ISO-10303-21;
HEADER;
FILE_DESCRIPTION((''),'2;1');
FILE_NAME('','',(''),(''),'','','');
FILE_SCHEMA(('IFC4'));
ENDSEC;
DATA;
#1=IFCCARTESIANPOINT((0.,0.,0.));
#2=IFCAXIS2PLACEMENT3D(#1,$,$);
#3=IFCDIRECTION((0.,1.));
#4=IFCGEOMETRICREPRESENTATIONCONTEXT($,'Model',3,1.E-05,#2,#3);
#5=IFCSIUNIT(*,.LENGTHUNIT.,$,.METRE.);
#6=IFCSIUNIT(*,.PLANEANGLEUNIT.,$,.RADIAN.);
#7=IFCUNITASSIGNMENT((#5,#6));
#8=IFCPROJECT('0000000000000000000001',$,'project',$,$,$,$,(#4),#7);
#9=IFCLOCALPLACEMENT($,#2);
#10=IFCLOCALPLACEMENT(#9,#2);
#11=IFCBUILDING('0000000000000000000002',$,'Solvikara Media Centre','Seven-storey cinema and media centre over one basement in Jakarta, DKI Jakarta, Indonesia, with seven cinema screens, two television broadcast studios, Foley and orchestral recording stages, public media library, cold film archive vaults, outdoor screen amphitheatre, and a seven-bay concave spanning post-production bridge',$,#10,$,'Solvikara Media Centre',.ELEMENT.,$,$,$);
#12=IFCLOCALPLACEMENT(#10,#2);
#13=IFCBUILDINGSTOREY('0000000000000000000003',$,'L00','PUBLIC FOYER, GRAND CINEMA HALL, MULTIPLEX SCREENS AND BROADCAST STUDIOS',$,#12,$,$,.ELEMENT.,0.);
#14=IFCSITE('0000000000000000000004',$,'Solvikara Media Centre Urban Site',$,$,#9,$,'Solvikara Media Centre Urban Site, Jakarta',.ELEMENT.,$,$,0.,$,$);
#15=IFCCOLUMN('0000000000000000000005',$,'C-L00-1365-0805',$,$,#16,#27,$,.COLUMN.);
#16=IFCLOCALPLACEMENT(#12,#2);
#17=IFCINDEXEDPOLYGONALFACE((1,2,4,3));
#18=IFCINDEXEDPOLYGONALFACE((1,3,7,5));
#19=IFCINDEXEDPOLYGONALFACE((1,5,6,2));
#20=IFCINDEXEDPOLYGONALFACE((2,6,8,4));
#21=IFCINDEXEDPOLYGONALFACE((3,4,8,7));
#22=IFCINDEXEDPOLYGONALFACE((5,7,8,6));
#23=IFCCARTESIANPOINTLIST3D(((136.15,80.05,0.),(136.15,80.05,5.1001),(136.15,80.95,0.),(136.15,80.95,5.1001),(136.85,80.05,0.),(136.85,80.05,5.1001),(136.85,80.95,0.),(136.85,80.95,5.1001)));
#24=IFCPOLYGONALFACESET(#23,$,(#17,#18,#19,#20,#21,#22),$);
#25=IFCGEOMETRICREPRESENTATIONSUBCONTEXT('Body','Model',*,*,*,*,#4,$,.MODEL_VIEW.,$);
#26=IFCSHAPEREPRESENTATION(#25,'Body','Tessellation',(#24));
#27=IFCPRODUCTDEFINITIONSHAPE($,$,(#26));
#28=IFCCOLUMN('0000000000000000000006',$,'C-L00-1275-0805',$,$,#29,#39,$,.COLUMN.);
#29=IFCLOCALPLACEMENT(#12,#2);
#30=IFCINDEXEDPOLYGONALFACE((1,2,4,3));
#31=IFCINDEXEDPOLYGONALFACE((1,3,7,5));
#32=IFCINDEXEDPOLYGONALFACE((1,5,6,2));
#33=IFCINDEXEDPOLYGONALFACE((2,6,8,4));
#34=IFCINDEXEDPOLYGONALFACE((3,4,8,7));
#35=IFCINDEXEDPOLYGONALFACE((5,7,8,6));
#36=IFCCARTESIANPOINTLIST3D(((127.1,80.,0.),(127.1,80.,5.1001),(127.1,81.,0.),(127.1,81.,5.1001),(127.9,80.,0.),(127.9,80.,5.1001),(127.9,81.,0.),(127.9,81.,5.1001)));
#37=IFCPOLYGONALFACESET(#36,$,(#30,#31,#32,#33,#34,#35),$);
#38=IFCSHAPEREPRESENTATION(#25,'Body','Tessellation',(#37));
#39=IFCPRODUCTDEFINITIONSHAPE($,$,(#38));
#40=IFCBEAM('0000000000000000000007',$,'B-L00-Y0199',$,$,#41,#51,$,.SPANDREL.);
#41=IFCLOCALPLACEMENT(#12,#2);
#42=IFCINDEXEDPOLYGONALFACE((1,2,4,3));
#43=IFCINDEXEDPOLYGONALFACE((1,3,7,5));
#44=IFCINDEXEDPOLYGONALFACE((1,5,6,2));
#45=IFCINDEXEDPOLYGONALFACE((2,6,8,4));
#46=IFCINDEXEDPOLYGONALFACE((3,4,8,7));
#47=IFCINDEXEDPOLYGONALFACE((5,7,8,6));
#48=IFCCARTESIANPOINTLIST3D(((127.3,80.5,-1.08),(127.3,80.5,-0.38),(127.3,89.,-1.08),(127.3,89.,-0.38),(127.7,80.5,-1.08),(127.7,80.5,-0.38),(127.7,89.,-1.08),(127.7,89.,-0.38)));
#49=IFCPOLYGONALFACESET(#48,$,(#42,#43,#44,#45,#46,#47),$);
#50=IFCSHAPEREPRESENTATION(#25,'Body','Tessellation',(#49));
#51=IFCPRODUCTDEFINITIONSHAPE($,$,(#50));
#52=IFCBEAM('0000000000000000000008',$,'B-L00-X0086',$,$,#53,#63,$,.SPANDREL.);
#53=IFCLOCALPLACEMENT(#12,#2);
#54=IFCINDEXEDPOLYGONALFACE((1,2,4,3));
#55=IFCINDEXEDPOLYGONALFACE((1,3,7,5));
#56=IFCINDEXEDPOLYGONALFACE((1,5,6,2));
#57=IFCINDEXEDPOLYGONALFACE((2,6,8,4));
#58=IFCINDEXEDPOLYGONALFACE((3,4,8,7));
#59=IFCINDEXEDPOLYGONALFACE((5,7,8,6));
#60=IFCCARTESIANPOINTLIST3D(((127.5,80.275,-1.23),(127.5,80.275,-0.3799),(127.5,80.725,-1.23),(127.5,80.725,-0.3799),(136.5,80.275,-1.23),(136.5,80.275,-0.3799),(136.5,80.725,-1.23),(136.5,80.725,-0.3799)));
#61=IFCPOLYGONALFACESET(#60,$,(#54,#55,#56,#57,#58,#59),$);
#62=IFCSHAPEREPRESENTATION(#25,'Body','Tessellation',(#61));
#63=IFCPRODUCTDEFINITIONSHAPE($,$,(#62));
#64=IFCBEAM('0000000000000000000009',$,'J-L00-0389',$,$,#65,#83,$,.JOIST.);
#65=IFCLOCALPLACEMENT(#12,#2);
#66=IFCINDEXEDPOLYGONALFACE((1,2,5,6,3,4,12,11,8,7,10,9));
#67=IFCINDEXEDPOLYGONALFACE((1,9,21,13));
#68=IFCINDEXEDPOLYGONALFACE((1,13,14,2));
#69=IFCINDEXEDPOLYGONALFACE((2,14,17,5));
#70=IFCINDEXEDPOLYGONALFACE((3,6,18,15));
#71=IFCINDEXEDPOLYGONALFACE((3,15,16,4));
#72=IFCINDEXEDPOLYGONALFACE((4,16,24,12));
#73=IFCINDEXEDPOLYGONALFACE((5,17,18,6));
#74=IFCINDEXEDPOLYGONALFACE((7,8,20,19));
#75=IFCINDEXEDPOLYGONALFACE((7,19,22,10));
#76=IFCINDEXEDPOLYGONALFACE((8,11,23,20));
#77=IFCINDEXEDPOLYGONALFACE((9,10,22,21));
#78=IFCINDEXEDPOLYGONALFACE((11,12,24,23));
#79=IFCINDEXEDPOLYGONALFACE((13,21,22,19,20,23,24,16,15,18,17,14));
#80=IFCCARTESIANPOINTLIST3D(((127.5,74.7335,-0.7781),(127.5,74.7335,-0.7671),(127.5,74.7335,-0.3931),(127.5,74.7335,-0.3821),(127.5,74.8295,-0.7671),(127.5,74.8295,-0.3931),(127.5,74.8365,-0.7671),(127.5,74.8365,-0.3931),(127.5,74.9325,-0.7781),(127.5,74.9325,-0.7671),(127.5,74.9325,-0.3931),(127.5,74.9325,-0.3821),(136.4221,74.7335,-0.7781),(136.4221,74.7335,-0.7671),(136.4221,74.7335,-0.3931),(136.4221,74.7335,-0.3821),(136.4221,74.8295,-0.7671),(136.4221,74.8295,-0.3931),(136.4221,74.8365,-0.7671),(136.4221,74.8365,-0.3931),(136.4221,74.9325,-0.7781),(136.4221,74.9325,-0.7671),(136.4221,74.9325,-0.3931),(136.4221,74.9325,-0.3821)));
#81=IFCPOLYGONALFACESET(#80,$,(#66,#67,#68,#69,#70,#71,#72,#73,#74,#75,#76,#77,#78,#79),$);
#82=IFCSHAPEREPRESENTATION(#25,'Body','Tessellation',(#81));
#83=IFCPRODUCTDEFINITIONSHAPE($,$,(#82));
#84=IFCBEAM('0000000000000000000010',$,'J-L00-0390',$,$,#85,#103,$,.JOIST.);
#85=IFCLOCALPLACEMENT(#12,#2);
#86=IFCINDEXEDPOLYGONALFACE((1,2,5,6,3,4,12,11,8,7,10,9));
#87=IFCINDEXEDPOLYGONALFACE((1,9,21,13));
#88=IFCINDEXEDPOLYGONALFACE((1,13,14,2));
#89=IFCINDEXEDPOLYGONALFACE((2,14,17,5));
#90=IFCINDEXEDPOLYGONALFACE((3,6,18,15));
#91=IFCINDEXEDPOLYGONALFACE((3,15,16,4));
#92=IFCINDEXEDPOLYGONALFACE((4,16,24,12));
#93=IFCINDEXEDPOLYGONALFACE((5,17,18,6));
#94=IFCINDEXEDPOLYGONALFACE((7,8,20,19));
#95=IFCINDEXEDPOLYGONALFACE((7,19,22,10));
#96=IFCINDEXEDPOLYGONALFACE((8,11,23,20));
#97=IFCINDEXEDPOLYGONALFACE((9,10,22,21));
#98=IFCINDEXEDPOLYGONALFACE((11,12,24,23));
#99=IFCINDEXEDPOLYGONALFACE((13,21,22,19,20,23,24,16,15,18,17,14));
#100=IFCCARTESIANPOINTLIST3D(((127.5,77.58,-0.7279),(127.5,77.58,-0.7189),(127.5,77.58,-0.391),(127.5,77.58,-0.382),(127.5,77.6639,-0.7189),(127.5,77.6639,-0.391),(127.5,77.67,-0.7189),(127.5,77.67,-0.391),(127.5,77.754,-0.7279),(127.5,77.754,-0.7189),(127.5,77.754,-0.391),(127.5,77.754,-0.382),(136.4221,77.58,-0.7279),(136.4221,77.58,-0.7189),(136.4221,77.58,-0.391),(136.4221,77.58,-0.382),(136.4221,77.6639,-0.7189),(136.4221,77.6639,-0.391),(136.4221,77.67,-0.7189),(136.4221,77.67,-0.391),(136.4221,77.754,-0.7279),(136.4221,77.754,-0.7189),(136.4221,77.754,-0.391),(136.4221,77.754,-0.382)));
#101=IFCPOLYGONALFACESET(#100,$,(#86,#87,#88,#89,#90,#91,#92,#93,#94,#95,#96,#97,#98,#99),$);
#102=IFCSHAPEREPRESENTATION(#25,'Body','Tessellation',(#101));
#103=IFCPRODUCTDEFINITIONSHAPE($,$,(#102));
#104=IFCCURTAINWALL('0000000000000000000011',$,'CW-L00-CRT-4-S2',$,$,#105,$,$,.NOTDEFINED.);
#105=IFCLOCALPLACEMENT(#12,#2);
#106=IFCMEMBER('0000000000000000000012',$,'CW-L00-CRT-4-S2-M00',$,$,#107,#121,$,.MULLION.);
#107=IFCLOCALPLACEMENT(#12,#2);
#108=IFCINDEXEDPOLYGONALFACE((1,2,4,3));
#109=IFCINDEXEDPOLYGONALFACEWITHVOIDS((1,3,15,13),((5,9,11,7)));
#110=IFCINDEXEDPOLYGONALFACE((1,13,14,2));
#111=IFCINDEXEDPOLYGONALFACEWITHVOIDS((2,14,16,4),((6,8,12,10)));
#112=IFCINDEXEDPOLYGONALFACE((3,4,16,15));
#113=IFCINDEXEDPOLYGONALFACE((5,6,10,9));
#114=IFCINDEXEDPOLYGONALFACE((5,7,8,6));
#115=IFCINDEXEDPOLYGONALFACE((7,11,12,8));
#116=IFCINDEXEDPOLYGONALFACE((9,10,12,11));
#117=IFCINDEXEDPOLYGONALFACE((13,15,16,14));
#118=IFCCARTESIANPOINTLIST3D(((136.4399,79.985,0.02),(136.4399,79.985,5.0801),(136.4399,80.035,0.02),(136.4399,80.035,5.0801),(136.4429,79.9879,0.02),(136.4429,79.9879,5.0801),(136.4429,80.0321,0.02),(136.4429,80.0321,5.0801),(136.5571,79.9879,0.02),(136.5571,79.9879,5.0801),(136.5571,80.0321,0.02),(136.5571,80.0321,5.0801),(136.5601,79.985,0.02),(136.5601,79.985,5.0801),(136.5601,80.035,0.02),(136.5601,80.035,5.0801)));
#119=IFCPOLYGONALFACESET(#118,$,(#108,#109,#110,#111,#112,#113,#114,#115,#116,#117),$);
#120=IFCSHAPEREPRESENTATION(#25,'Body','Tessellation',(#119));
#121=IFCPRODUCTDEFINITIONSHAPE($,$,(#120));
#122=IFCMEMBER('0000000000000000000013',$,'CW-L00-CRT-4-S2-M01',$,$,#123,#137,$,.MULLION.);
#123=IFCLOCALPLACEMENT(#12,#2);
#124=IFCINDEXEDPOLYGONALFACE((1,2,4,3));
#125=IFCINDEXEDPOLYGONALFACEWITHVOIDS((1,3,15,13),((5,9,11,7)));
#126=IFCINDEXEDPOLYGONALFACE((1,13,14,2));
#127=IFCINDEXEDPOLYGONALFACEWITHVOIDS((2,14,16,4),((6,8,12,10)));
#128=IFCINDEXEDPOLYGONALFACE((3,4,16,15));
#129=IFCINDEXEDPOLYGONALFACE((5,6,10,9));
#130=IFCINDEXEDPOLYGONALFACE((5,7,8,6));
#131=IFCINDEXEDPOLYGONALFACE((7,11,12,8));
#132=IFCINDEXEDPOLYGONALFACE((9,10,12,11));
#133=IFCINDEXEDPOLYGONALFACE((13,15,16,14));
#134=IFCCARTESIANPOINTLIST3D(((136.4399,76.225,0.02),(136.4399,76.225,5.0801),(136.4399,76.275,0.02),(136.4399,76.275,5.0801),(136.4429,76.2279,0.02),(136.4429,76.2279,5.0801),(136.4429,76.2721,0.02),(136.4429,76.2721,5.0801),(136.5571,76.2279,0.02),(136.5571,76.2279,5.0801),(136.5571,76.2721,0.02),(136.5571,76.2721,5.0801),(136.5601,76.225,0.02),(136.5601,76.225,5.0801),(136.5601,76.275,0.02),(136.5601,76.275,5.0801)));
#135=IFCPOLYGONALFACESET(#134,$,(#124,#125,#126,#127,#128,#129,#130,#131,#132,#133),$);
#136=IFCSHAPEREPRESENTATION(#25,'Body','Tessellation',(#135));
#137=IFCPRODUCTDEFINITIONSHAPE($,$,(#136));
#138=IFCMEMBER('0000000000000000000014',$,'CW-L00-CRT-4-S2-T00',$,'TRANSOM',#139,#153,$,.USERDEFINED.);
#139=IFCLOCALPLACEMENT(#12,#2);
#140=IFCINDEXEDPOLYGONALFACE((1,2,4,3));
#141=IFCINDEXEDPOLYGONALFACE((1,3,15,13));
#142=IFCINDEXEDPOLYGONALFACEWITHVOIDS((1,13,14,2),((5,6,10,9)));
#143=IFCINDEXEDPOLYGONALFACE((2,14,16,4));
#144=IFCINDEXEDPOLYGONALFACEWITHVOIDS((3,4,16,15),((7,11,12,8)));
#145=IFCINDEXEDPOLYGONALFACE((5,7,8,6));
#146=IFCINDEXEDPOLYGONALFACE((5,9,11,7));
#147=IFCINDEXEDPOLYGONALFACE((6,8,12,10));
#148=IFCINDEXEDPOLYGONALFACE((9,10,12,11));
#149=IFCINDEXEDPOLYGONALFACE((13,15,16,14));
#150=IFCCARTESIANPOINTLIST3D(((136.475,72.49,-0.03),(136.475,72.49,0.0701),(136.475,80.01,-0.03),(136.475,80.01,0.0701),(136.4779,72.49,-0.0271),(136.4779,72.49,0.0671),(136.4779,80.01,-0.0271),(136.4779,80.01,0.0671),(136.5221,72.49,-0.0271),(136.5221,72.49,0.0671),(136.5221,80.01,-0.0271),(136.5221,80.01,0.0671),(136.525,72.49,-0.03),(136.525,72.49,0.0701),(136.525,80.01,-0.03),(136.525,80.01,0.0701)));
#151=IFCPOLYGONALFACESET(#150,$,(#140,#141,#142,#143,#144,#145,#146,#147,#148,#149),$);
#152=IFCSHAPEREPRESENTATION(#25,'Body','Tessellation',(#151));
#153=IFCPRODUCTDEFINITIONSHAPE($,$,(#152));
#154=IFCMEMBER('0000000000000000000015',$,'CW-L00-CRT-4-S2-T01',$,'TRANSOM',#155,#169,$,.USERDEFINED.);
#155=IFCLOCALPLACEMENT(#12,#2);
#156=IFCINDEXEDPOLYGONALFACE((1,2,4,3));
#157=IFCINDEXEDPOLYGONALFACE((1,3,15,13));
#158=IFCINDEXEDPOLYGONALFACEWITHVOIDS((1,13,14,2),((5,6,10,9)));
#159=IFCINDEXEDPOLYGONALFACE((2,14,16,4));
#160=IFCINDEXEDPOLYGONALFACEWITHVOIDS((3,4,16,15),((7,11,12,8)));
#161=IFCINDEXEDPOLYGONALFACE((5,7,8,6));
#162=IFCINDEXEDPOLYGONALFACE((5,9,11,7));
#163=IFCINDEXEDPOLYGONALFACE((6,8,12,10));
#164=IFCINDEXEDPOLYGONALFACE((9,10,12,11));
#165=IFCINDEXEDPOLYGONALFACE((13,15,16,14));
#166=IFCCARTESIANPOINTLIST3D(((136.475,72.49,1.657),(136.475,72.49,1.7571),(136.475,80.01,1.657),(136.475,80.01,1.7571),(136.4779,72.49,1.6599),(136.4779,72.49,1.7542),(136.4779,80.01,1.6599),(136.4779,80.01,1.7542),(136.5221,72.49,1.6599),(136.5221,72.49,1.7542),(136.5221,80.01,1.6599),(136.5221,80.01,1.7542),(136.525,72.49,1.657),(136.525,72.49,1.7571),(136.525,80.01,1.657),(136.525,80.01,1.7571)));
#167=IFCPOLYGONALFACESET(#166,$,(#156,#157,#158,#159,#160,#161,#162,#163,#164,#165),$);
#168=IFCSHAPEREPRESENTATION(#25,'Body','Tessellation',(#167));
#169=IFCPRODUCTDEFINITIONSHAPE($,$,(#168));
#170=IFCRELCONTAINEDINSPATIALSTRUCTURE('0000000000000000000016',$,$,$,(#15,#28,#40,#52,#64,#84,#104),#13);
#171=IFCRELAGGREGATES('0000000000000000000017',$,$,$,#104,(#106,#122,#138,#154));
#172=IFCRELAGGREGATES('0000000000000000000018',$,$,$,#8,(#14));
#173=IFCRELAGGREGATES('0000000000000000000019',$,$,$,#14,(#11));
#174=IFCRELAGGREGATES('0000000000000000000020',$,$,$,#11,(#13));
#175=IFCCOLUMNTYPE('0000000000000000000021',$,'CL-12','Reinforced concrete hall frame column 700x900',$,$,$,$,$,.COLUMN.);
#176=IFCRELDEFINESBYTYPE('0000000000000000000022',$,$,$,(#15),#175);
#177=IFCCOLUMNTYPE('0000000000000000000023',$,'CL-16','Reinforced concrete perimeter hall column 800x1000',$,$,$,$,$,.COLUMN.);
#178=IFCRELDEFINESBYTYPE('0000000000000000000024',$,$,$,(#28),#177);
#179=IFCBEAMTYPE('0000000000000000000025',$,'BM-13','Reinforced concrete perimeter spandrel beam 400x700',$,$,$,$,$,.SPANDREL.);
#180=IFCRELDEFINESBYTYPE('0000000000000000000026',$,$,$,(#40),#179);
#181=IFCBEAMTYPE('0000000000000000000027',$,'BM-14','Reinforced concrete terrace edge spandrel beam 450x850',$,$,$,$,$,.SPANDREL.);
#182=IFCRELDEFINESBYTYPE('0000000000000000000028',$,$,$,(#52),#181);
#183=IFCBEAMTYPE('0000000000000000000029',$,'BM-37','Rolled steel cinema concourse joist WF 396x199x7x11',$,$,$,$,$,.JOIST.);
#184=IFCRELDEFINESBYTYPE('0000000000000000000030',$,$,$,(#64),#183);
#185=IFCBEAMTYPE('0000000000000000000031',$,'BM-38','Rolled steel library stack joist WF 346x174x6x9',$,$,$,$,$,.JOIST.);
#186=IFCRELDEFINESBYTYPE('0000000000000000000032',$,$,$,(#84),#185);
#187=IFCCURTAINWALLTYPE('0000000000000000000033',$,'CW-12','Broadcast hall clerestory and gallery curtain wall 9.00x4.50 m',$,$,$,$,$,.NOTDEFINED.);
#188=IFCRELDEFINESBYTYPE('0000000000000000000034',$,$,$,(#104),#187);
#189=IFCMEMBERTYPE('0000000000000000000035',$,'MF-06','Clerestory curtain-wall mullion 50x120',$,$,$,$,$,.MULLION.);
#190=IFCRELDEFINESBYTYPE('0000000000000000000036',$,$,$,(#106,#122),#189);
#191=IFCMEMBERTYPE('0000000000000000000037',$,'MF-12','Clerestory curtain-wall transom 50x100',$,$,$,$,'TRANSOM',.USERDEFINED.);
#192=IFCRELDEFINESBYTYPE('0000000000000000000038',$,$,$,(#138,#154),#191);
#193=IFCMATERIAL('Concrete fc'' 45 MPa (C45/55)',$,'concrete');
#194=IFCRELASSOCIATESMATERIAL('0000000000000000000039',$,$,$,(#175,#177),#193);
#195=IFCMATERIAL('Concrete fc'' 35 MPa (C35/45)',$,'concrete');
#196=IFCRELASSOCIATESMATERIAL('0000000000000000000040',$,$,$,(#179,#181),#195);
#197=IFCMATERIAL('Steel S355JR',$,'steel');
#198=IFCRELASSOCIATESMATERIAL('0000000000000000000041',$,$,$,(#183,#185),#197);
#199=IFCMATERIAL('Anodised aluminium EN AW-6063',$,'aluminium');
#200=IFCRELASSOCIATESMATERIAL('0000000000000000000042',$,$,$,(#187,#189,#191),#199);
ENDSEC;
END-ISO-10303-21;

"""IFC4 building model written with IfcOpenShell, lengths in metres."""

from ifc_helpers import new_model, si_unit, direction, frame, origin, origin_2d, place, context, subcontext, project, spatial, rectangle, hollow_rectangle, i_section, extrude, material, material_profile, profile_set, type_object, element, aggregate, save


model = new_model("IFC4")

# Units and contexts
model_context = context("Model", 3, precision=1e-05, world=origin(), true_north=direction((0.0, 1.0)))
body_context = subcontext(model_context, "Body", "Model", "MODEL_VIEW")
ifc_project = project(units=[si_unit("LENGTHUNIT", "METRE"), si_unit("PLANEANGLEUNIT", "RADIAN")], contexts=[model_context])

# Site, building, storey
site_placement = place(None, origin())
site = spatial("IfcSite", under=ifc_project, at=site_placement, Name="Solvikara Media Centre Urban Site", LongName="Solvikara Media Centre Urban Site, Jakarta", CompositionType="ELEMENT", RefElevation=0.0)
building_placement = place(site_placement, origin())
building = spatial("IfcBuilding", under=site, at=building_placement, Name="Solvikara Media Centre", Description="Seven-storey cinema and media centre over one basement in Jakarta, DKI Jakarta, Indonesia, with seven cinema screens, two television broadcast studios, Foley and orchestral recording stages, public media library, cold film archive vaults, outdoor screen amphitheatre, and a seven-bay concave spanning post-production bridge", LongName="Solvikara Media Centre", CompositionType="ELEMENT")
storey_placement = place(building_placement, origin())
storey = spatial("IfcBuildingStorey", under=building, at=storey_placement, Name="L00", Description="PUBLIC FOYER, GRAND CINEMA HALL, MULTIPLEX SCREENS AND BROADCAST STUDIOS", CompositionType="ELEMENT", Elevation=0.0)

# Columns
ifc_material_1 = material(Name="Concrete fc' 45 MPa (C45/55)", Category="concrete")
ifc_material_profile_1 = material_profile(ifc_material_1, rectangle(XDim=0.7, YDim=0.8999, at=origin_2d()), Name="RC 700x900")
ifc_profile_set_1 = profile_set([ifc_material_profile_1], Name="Concrete fc' 45 MPa (C45/55)")
column_type_1 = type_object("IfcColumnType", Name="CL-12", Description="Reinforced concrete hall frame column 700x900", PredefinedType="COLUMN", material=ifc_profile_set_1)
column_1_placement = place(storey_placement, frame((136.5, 80.5, 0.0), z_axis=(0.0, 0.0, 1.0), x_axis=(1.0, 0.0, 0.0)))
element("IfcColumn", 1, at=column_1_placement, inside=storey, type_object=column_type_1, Name="C-L00-1365-0805", PredefinedType="COLUMN", context=body_context, shape_type="SweptSolid", body=[
    extrude(rectangle(XDim=0.7, YDim=0.8999, at=origin_2d()), origin(), (0.0, 0.0, 1.0), 5.1001),
])
ifc_material_profile_2 = material_profile(ifc_material_1, rectangle(XDim=0.8, YDim=1.0, at=origin_2d()), Name="RC 800x1000")
ifc_profile_set_2 = profile_set([ifc_material_profile_2], Name="Concrete fc' 45 MPa (C45/55)")
column_type_2 = type_object("IfcColumnType", Name="CL-16", Description="Reinforced concrete perimeter hall column 800x1000", PredefinedType="COLUMN", material=ifc_profile_set_2)
column_2_placement = place(storey_placement, frame((127.5, 80.5, 0.0), z_axis=(0.0, 0.0, 1.0), x_axis=(1.0, 0.0, 0.0)))
element("IfcColumn", 2, at=column_2_placement, inside=storey, type_object=column_type_2, Name="C-L00-1275-0805", PredefinedType="COLUMN", context=body_context, shape_type="SweptSolid", body=[
    extrude(rectangle(XDim=0.8, YDim=1.0, at=origin_2d()), origin(), (0.0, 0.0, 1.0), 5.1001),
])

# Beams
ifc_material_2 = material(Name="Concrete fc' 35 MPa (C35/45)", Category="concrete")
ifc_material_profile_3 = material_profile(ifc_material_2, rectangle(XDim=0.3999, YDim=0.7, at=origin_2d()), Name="RC 400x700")
ifc_profile_set_3 = profile_set([ifc_material_profile_3], Name="Concrete fc' 35 MPa (C35/45)")
beam_type_1 = type_object("IfcBeamType", Name="BM-13", Description="Reinforced concrete perimeter spandrel beam 400x700", PredefinedType="SPANDREL", material=ifc_profile_set_3)
beam_1_placement = place(storey_placement, frame((127.5, 80.5, -0.73), z_axis=(0.0, 1.0, 0.0), x_axis=(-1.0, 0.0, 0.0)))
element("IfcBeam", 3, at=beam_1_placement, inside=storey, type_object=beam_type_1, Name="B-L00-Y0199", PredefinedType="SPANDREL", context=body_context, shape_type="SweptSolid", body=[
    extrude(rectangle(XDim=0.3999, YDim=0.7, at=origin_2d()), origin(), (0.0, 0.0, 1.0), 8.5),
])
ifc_material_profile_4 = material_profile(ifc_material_2, rectangle(XDim=0.45, YDim=0.8501, at=origin_2d()), Name="RC 450x850")
ifc_profile_set_4 = profile_set([ifc_material_profile_4], Name="Concrete fc' 35 MPa (C35/45)")
beam_type_2 = type_object("IfcBeamType", Name="BM-14", Description="Reinforced concrete terrace edge spandrel beam 450x850", PredefinedType="SPANDREL", material=ifc_profile_set_4)
beam_2_placement = place(storey_placement, frame((127.5, 80.5, -0.8049), z_axis=(1.0, 0.0, 0.0), x_axis=(0.0, 1.0, 0.0)))
element("IfcBeam", 4, at=beam_2_placement, inside=storey, type_object=beam_type_2, Name="B-L00-X0086", PredefinedType="SPANDREL", context=body_context, shape_type="SweptSolid", body=[
    extrude(rectangle(XDim=0.45, YDim=0.8501, at=origin_2d()), origin(), (0.0, 0.0, 1.0), 9.0),
])
ifc_material_3 = material(Name="Steel S355JR", Category="steel")
ifc_material_profile_5 = material_profile(ifc_material_3, i_section(OverallWidth=0.199, OverallDepth=0.396, WebThickness=0.0071, FlangeThickness=0.011, at=origin_2d()), Name="WF 396x199x7x11")
ifc_profile_set_5 = profile_set([ifc_material_profile_5], Name="Steel S355JR")
beam_type_3 = type_object("IfcBeamType", Name="BM-37", Description="Rolled steel cinema concourse joist WF 396x199x7x11", PredefinedType="JOIST", material=ifc_profile_set_5)
beam_3_placement = place(storey_placement, frame((127.5, 74.833, -0.5801), z_axis=(1.0, 0.0, 0.0), x_axis=(0.0, 1.0, 0.0)))
element("IfcBeam", 5, at=beam_3_placement, inside=storey, type_object=beam_type_3, Name="J-L00-0389", PredefinedType="JOIST", context=body_context, shape_type="SweptSolid", body=[
    extrude(i_section(OverallWidth=0.199, OverallDepth=0.396, WebThickness=0.0071, FlangeThickness=0.011, at=origin_2d()), origin(), (0.0, 0.0, 1.0), 8.9221),
])
ifc_material_profile_6 = material_profile(ifc_material_3, i_section(OverallWidth=0.1741, OverallDepth=0.3459, WebThickness=0.0061, FlangeThickness=0.009, at=origin_2d()), Name="WF 346x174x6x9")
ifc_profile_set_6 = profile_set([ifc_material_profile_6], Name="Steel S355JR")
beam_type_4 = type_object("IfcBeamType", Name="BM-38", Description="Rolled steel library stack joist WF 346x174x6x9", PredefinedType="JOIST", material=ifc_profile_set_6)
beam_4_placement = place(storey_placement, frame((127.5, 77.667, -0.5549), z_axis=(1.0, 0.0, 0.0), x_axis=(0.0, 1.0, 0.0)))
element("IfcBeam", 6, at=beam_4_placement, inside=storey, type_object=beam_type_4, Name="J-L00-0390", PredefinedType="JOIST", context=body_context, shape_type="SweptSolid", body=[
    extrude(i_section(OverallWidth=0.1741, OverallDepth=0.3459, WebThickness=0.0061, FlangeThickness=0.009, at=origin_2d()), origin(), (0.0, 0.0, 1.0), 8.9221),
])

# Curtain wall, members
ifc_material_4 = material(Name="Anodised aluminium EN AW-6063", Category="aluminium")
curtain_wall_type = type_object("IfcCurtainWallType", Name="CW-12", Description="Broadcast hall clerestory and gallery curtain wall 9.00x4.50 m", PredefinedType="NOTDEFINED", material=ifc_material_4)
curtain_wall_placement = place(storey_placement, origin())
curtain_wall = element("IfcCurtainWall", 7, at=curtain_wall_placement, inside=storey, type_object=curtain_wall_type, Name="CW-L00-CRT-4-S2", PredefinedType="NOTDEFINED")
ifc_material_profile_7 = material_profile(ifc_material_4, hollow_rectangle(XDim=0.05, YDim=0.1201, WallThickness=0.0029, at=origin_2d()), Name="ALU-M 50x120x3")
ifc_profile_set_7 = profile_set([ifc_material_profile_7], Name="Anodised aluminium EN AW-6063")
member_type_1 = type_object("IfcMemberType", Name="MF-06", Description="Clerestory curtain-wall mullion 50x120", PredefinedType="MULLION", material=ifc_profile_set_7)
member_1_placement = place(storey_placement, frame((136.5, 80.01, 0.02), z_axis=(0.0, 0.0, 1.0), x_axis=(0.0, -1.0, 0.0)))
member_1 = element("IfcMember", 8, at=member_1_placement, type_object=member_type_1, Name="CW-L00-CRT-4-S2-M00", PredefinedType="MULLION", context=body_context, shape_type="SweptSolid", body=[
    extrude(hollow_rectangle(XDim=0.05, YDim=0.1201, WallThickness=0.0029, at=origin_2d()), origin(), (0.0, 0.0, 1.0), 5.0601),
])
member_2_placement = place(storey_placement, frame((136.5, 76.25, 0.02), z_axis=(0.0, 0.0, 1.0), x_axis=(0.0, -1.0, 0.0)))
member_2 = element("IfcMember", 9, at=member_2_placement, type_object=member_type_1, Name="CW-L00-CRT-4-S2-M01", PredefinedType="MULLION", context=body_context, shape_type="SweptSolid", body=[
    extrude(hollow_rectangle(XDim=0.05, YDim=0.1201, WallThickness=0.0029, at=origin_2d()), origin(), (0.0, 0.0, 1.0), 5.0601),
])
ifc_material_profile_8 = material_profile(ifc_material_4, hollow_rectangle(XDim=0.05, YDim=0.1001, WallThickness=0.0029, at=origin_2d()), Name="ALU-T 50x100x3")
ifc_profile_set_8 = profile_set([ifc_material_profile_8], Name="Anodised aluminium EN AW-6063")
member_type_2 = type_object("IfcMemberType", Name="MF-12", Description="Clerestory curtain-wall transom 50x100", ElementType="TRANSOM", PredefinedType="USERDEFINED", material=ifc_profile_set_8)
member_3_placement = place(storey_placement, frame((136.5, 80.01, 0.02), z_axis=(0.0, -1.0, 0.0), x_axis=(1.0, 0.0, 0.0)))
member_3 = element("IfcMember", 10, at=member_3_placement, type_object=member_type_2, Name="CW-L00-CRT-4-S2-T00", ObjectType="TRANSOM", PredefinedType="USERDEFINED", context=body_context, shape_type="SweptSolid", body=[
    extrude(hollow_rectangle(XDim=0.05, YDim=0.1001, WallThickness=0.0029, at=origin_2d()), origin(), (0.0, 0.0, 1.0), 7.52),
])
member_4_placement = place(storey_placement, frame((136.5, 80.01, 1.707), z_axis=(0.0, -1.0, 0.0), x_axis=(1.0, 0.0, 0.0)))
member_4 = element("IfcMember", 11, at=member_4_placement, type_object=member_type_2, Name="CW-L00-CRT-4-S2-T01", ObjectType="TRANSOM", PredefinedType="USERDEFINED", context=body_context, shape_type="SweptSolid", body=[
    extrude(hollow_rectangle(XDim=0.05, YDim=0.1001, WallThickness=0.0029, at=origin_2d()), origin(), (0.0, 0.0, 1.0), 7.52),
])
aggregate(curtain_wall, [member_1, member_2, member_3, member_4])

save(model, "model.ifc")
